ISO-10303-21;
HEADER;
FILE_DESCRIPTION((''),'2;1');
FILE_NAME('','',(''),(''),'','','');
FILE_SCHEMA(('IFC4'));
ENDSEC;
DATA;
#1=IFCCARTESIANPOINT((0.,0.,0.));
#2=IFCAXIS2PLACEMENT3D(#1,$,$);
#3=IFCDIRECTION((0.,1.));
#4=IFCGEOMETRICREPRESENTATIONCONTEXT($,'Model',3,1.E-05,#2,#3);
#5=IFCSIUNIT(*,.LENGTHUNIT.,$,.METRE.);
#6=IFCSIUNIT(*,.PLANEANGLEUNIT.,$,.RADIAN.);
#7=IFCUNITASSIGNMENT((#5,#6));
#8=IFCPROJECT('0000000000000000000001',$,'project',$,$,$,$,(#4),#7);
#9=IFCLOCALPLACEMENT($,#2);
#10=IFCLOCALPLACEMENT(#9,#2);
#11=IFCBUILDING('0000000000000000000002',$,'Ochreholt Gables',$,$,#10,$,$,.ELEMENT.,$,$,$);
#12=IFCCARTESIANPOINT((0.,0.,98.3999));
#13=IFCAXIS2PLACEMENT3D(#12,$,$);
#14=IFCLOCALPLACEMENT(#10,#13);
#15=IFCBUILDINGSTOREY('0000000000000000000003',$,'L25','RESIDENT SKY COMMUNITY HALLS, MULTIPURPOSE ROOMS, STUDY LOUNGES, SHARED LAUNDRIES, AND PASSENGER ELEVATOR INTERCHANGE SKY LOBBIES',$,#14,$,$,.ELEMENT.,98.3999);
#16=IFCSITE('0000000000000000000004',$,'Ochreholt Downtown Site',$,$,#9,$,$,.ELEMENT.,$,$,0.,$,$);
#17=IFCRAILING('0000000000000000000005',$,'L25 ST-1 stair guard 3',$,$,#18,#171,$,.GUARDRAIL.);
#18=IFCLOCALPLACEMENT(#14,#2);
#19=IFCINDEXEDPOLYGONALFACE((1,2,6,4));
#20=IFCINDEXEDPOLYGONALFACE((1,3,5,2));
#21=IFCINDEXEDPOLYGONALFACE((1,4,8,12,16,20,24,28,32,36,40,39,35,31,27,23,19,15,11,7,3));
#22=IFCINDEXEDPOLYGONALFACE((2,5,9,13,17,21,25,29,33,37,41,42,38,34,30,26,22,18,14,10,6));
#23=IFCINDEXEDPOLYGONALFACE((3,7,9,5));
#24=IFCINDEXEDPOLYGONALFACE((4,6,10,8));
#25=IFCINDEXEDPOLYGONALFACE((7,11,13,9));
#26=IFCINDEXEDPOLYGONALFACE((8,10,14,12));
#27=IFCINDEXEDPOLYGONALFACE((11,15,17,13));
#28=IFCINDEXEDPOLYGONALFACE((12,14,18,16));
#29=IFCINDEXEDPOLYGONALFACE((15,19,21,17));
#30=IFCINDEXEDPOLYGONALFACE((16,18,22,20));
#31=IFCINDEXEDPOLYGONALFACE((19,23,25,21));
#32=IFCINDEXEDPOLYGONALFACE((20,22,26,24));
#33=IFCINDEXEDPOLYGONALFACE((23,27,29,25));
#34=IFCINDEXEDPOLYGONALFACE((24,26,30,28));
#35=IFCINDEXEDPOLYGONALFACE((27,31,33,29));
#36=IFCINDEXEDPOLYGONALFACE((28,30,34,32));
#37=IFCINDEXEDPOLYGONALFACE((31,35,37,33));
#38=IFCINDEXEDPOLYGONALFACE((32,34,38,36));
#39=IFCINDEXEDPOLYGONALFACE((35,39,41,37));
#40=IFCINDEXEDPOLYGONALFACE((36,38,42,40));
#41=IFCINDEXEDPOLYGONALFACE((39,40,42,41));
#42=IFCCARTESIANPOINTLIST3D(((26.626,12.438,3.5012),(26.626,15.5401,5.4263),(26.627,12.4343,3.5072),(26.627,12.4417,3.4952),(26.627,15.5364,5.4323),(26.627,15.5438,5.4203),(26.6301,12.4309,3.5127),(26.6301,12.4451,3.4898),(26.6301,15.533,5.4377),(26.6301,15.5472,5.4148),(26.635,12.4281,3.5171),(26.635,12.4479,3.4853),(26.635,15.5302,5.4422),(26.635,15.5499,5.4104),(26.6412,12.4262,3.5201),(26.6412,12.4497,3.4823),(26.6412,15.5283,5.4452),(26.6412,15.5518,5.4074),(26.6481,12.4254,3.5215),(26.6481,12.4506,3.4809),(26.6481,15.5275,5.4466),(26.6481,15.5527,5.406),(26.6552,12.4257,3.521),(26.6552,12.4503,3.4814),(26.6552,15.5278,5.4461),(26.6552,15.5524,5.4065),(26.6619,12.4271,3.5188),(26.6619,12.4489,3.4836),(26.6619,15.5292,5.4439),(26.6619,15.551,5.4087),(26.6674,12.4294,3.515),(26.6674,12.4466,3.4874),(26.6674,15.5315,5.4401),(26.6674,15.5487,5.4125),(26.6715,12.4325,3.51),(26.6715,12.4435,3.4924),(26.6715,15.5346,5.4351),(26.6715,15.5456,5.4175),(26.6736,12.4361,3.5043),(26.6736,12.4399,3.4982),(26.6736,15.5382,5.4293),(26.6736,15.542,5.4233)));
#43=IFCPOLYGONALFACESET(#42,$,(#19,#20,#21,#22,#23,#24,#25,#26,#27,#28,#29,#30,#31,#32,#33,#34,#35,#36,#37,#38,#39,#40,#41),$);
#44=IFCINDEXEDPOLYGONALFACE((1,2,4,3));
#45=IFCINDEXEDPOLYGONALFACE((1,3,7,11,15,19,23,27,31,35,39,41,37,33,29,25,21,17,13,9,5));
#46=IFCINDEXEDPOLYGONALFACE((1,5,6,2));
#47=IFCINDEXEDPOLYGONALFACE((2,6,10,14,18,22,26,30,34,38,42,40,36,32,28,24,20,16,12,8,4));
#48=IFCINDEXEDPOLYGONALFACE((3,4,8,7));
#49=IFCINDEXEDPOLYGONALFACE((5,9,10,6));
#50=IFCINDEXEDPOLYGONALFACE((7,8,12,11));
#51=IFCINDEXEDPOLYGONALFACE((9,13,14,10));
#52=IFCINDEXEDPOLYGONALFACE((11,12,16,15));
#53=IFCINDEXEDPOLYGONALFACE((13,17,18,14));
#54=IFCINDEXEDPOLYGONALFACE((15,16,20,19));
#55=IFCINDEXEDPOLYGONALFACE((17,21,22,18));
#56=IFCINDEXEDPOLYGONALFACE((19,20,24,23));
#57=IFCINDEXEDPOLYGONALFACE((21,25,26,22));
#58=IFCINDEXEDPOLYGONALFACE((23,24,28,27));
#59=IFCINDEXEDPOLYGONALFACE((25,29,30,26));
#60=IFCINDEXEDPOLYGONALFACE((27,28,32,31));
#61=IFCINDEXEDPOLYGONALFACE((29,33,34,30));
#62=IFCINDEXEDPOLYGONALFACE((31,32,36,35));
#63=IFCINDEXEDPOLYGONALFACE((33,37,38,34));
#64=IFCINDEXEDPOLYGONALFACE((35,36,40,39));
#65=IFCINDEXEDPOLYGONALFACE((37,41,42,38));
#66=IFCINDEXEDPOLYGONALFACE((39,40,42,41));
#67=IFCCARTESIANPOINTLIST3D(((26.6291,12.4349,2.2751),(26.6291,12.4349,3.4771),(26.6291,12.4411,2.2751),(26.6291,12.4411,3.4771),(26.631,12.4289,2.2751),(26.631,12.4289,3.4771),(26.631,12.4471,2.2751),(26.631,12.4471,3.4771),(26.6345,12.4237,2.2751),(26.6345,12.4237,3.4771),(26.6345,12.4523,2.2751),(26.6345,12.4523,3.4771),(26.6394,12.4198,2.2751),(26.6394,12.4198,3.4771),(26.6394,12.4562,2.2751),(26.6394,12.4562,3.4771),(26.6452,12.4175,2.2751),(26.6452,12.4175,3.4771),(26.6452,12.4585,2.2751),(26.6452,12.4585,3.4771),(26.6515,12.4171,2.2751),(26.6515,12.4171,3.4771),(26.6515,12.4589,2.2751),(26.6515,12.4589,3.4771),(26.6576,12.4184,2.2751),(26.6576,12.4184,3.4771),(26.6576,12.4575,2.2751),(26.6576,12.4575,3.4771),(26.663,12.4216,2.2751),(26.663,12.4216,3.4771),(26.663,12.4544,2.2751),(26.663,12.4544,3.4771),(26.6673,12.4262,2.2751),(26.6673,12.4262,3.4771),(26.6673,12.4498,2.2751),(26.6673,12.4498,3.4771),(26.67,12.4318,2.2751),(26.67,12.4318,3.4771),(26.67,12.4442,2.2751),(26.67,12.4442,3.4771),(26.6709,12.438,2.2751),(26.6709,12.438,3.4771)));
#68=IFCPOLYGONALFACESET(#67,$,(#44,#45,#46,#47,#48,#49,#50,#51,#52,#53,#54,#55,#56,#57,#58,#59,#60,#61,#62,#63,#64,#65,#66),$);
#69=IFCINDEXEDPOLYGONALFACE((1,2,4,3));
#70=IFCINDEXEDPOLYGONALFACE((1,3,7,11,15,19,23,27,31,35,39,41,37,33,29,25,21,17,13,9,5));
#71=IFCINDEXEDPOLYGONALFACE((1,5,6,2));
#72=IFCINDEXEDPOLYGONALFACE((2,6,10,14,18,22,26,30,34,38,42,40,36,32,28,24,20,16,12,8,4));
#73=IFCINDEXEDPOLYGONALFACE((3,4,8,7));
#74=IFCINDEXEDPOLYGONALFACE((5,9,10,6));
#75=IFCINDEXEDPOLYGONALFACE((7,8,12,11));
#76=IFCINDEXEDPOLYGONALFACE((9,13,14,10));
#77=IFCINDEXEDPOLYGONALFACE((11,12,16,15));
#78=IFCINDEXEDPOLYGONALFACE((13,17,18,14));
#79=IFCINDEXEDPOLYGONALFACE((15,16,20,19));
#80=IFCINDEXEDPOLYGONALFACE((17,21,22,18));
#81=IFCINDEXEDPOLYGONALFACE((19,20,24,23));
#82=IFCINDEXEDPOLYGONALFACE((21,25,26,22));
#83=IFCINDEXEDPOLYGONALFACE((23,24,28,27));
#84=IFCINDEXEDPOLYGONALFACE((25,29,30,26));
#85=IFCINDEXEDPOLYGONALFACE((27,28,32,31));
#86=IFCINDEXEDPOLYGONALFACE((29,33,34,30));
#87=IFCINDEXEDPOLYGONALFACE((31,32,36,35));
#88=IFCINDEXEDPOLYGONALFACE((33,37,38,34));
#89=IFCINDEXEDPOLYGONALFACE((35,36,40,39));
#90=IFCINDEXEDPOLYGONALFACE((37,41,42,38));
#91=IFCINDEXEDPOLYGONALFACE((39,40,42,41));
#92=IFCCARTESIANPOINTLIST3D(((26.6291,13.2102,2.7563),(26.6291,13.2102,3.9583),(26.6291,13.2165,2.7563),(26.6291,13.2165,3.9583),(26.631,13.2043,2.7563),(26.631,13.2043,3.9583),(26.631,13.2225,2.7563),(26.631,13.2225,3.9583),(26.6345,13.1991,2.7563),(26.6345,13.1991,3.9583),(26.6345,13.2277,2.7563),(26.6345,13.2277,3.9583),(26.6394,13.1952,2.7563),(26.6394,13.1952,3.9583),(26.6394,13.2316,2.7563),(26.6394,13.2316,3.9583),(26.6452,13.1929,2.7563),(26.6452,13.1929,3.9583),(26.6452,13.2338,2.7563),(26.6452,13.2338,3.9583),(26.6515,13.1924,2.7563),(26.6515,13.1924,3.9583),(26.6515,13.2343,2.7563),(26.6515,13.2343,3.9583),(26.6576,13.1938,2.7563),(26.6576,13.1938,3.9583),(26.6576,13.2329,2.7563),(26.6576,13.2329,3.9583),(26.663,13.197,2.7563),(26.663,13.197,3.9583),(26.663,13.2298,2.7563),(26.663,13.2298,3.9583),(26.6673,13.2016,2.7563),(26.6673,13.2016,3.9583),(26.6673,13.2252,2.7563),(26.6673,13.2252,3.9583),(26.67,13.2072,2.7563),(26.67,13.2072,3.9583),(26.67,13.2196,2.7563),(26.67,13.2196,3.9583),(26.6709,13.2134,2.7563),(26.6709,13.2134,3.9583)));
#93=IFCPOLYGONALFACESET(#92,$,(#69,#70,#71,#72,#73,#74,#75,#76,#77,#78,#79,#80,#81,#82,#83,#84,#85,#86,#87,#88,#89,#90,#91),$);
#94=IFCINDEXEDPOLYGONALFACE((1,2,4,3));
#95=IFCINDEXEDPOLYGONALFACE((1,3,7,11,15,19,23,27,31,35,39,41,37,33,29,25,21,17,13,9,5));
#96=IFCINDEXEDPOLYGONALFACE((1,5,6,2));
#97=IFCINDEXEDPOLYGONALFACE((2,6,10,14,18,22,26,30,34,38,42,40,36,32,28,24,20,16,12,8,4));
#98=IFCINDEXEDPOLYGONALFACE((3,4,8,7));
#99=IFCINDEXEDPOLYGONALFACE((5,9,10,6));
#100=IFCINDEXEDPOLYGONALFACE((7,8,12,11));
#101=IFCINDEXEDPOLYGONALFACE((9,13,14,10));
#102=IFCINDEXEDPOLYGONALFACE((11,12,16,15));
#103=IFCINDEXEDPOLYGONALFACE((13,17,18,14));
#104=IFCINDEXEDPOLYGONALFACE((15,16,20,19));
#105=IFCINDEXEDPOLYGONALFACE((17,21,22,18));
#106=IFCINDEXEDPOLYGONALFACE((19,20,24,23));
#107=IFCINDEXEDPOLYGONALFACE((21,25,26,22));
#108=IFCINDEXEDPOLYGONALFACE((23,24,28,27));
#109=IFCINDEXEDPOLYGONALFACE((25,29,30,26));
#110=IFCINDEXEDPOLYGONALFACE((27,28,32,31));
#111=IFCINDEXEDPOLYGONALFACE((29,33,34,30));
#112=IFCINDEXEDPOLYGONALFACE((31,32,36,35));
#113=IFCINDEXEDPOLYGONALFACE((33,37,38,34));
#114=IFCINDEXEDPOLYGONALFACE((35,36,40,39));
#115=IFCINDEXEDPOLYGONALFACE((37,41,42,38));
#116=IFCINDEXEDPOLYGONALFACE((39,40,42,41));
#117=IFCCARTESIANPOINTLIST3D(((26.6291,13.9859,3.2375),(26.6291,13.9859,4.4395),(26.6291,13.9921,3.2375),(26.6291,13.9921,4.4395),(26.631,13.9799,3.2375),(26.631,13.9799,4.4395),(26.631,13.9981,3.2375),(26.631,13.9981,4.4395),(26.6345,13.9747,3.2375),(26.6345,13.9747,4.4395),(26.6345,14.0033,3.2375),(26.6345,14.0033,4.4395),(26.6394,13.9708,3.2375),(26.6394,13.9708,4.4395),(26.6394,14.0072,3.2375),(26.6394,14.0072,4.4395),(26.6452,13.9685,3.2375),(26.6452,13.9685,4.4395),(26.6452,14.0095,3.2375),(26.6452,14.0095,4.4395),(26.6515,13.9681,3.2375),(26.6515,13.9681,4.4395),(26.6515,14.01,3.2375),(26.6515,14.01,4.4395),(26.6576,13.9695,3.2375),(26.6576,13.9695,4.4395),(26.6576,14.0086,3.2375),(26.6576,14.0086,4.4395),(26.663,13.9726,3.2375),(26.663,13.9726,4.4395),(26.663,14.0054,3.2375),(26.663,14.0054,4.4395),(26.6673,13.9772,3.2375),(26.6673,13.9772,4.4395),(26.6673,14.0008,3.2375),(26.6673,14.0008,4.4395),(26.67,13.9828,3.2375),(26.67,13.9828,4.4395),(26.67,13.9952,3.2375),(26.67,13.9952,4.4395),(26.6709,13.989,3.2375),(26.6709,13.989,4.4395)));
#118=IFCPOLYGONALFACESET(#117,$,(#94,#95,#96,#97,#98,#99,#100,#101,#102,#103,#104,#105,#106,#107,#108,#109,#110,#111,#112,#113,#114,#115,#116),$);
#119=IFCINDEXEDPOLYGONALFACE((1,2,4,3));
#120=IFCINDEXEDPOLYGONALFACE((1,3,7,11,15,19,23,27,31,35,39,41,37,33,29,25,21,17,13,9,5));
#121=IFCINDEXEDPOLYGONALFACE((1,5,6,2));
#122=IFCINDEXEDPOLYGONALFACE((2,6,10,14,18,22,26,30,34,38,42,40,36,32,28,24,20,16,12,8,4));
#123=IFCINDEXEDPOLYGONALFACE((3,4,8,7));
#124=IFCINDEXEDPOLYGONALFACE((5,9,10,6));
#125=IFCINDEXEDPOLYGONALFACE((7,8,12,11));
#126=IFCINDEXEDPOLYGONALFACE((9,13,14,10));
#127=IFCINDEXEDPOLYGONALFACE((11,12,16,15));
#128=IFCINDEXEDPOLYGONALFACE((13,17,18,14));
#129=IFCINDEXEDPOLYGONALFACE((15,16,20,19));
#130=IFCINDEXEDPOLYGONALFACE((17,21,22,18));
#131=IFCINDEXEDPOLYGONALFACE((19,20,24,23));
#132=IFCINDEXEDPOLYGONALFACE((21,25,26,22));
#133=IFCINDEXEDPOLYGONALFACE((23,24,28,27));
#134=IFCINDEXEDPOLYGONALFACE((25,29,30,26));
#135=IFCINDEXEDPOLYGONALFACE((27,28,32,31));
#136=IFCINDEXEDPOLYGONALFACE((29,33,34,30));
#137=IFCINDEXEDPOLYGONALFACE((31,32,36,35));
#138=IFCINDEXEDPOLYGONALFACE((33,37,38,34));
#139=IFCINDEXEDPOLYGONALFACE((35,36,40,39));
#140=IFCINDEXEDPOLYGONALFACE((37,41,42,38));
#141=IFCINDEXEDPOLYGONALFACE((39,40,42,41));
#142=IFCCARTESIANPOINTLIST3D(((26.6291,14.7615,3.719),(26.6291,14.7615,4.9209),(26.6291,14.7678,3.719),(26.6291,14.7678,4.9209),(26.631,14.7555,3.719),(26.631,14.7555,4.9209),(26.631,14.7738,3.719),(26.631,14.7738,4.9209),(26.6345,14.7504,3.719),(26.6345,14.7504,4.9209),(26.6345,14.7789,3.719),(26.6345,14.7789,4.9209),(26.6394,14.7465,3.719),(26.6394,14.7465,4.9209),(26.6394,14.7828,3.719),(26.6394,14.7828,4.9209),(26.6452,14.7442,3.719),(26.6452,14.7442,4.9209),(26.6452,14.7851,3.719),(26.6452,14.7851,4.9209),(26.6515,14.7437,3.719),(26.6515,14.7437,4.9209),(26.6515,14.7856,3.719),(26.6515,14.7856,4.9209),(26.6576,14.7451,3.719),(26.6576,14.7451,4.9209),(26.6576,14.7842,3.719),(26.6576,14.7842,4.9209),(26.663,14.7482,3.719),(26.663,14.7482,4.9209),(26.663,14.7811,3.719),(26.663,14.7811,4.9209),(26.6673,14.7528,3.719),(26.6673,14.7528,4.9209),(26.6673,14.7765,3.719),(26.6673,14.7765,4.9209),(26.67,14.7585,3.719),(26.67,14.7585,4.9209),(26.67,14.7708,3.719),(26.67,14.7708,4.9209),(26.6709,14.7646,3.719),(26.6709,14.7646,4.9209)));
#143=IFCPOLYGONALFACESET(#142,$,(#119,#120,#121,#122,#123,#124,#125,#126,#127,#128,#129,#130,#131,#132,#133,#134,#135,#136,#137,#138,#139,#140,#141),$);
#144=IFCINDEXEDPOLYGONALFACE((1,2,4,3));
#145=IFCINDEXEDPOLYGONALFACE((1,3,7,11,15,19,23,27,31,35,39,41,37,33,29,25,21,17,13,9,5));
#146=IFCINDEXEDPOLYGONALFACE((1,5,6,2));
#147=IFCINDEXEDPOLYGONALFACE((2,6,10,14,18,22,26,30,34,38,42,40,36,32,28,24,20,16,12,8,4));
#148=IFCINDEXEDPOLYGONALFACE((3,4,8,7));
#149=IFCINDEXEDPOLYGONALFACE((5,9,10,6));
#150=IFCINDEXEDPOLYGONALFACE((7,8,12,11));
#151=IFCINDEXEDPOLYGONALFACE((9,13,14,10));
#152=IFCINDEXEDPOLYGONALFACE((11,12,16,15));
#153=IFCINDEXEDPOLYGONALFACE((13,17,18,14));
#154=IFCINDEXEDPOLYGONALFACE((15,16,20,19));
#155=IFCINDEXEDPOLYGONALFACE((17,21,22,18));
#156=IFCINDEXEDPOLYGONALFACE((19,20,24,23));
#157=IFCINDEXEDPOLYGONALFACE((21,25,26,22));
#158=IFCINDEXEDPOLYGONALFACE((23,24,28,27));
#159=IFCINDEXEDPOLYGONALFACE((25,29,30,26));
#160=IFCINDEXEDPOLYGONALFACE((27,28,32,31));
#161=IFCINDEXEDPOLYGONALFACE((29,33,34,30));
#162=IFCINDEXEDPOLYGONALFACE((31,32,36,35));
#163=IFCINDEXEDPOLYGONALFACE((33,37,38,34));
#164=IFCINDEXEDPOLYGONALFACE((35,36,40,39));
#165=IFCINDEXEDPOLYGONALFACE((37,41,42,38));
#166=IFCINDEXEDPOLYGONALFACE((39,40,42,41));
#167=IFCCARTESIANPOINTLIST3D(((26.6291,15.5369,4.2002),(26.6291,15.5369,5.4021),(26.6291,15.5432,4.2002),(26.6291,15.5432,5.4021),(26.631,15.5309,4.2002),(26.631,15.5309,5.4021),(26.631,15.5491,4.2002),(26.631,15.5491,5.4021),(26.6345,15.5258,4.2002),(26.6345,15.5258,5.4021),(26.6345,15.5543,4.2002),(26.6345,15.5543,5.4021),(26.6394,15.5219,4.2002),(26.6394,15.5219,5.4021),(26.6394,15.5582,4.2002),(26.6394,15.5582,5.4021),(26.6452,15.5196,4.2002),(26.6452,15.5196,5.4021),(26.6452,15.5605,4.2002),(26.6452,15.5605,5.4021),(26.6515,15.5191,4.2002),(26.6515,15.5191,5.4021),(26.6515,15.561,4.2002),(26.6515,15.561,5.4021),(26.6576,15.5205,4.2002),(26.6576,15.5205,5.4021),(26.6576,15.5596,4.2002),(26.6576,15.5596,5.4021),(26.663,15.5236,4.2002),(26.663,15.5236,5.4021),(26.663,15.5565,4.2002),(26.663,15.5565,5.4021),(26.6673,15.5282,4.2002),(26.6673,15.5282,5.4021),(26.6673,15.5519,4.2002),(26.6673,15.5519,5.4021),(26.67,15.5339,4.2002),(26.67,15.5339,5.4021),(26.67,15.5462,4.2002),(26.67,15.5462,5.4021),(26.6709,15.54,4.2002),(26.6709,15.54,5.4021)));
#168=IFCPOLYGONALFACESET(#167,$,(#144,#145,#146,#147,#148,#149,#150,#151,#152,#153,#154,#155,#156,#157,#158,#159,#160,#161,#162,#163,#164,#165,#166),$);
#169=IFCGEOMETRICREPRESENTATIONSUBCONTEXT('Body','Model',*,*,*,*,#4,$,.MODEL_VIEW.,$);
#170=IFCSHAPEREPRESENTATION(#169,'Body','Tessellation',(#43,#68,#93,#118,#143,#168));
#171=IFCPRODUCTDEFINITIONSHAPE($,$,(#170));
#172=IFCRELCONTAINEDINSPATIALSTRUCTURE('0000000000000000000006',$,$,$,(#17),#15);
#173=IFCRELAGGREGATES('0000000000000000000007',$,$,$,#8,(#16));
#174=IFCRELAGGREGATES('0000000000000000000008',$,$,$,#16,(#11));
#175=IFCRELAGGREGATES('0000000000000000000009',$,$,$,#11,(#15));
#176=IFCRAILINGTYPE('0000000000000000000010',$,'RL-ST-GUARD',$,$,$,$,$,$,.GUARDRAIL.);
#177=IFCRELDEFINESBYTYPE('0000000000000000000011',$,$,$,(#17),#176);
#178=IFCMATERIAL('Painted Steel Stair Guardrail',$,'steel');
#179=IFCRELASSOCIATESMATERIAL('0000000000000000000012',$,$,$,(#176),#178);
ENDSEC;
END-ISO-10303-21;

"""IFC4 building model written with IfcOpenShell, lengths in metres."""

from ifc_helpers import new_model, si_unit, direction, frame, origin, origin_2d, place, context, subcontext, project, spatial, circle, extrude, material, type_object, element, save


model = new_model("IFC4")

# Units and contexts
model_context = context("Model", 3, precision=1e-05, world=origin(), true_north=direction((0.0, 1.0)))
body_context = subcontext(model_context, "Body", "Model", "MODEL_VIEW")
ifc_project = project(units=[si_unit("LENGTHUNIT", "METRE"), si_unit("PLANEANGLEUNIT", "RADIAN")], contexts=[model_context])

# Site, building, storey
site_placement = place(None, origin())
site = spatial("IfcSite", under=ifc_project, at=site_placement, Name="Ochreholt Downtown Site", CompositionType="ELEMENT", RefElevation=0.0)
building_placement = place(site_placement, origin())
building = spatial("IfcBuilding", under=site, at=building_placement, Name="Ochreholt Gables", CompositionType="ELEMENT")
storey_placement = place(building_placement, frame((0.0, 0.0, 98.3999)))
storey = spatial("IfcBuildingStorey", under=building, at=storey_placement, Name="L25", Description="RESIDENT SKY COMMUNITY HALLS, MULTIPURPOSE ROOMS, STUDY LOUNGES, SHARED LAUNDRIES, AND PASSENGER ELEVATOR INTERCHANGE SKY LOBBIES", CompositionType="ELEMENT", Elevation=98.3999)

# Railing
ifc_material_1 = material(Name="Painted Steel Stair Guardrail", Category="steel")
railing_type_1 = type_object("IfcRailingType", Name="RL-ST-GUARD", PredefinedType="GUARDRAIL", material=ifc_material_1)
railing_1_placement = place(storey_placement, frame((26.6499, 12.438, 2.2751)))
element("IfcRailing", 1, at=railing_1_placement, inside=storey, type_object=railing_type_1, Name="L25 ST-1 stair guard 3", PredefinedType="GUARDRAIL", context=body_context, shape_type="SweptSolid", body=[
    extrude(circle(Radius=0.0239, at=origin_2d()), frame((0.0, 0.0, 1.2261), z_axis=(0.0, 0.849685, 0.527291), x_axis=(-1.0, 0.0, 0.0)), (0.0, 0.0, 1.0), 3.6509),
    extrude(circle(Radius=0.021, at=origin_2d()), origin(), (0.0, 0.0, 1.0), 1.2019),
    extrude(circle(Radius=0.021, at=origin_2d()), frame((0.0, 0.7754, 0.4812)), (0.0, 0.0, 1.0), 1.2019),
    extrude(circle(Radius=0.021, at=origin_2d()), frame((0.0, 1.551, 0.9624)), (0.0, 0.0, 1.0), 1.2019),
    extrude(circle(Radius=0.021, at=origin_2d()), frame((0.0, 2.3267, 1.4438)), (0.0, 0.0, 1.0), 1.2019),
    extrude(circle(Radius=0.021, at=origin_2d()), frame((0.0, 3.1021, 1.925)), (0.0, 0.0, 1.0), 1.2019),
])

save(model, "model.ifc")
